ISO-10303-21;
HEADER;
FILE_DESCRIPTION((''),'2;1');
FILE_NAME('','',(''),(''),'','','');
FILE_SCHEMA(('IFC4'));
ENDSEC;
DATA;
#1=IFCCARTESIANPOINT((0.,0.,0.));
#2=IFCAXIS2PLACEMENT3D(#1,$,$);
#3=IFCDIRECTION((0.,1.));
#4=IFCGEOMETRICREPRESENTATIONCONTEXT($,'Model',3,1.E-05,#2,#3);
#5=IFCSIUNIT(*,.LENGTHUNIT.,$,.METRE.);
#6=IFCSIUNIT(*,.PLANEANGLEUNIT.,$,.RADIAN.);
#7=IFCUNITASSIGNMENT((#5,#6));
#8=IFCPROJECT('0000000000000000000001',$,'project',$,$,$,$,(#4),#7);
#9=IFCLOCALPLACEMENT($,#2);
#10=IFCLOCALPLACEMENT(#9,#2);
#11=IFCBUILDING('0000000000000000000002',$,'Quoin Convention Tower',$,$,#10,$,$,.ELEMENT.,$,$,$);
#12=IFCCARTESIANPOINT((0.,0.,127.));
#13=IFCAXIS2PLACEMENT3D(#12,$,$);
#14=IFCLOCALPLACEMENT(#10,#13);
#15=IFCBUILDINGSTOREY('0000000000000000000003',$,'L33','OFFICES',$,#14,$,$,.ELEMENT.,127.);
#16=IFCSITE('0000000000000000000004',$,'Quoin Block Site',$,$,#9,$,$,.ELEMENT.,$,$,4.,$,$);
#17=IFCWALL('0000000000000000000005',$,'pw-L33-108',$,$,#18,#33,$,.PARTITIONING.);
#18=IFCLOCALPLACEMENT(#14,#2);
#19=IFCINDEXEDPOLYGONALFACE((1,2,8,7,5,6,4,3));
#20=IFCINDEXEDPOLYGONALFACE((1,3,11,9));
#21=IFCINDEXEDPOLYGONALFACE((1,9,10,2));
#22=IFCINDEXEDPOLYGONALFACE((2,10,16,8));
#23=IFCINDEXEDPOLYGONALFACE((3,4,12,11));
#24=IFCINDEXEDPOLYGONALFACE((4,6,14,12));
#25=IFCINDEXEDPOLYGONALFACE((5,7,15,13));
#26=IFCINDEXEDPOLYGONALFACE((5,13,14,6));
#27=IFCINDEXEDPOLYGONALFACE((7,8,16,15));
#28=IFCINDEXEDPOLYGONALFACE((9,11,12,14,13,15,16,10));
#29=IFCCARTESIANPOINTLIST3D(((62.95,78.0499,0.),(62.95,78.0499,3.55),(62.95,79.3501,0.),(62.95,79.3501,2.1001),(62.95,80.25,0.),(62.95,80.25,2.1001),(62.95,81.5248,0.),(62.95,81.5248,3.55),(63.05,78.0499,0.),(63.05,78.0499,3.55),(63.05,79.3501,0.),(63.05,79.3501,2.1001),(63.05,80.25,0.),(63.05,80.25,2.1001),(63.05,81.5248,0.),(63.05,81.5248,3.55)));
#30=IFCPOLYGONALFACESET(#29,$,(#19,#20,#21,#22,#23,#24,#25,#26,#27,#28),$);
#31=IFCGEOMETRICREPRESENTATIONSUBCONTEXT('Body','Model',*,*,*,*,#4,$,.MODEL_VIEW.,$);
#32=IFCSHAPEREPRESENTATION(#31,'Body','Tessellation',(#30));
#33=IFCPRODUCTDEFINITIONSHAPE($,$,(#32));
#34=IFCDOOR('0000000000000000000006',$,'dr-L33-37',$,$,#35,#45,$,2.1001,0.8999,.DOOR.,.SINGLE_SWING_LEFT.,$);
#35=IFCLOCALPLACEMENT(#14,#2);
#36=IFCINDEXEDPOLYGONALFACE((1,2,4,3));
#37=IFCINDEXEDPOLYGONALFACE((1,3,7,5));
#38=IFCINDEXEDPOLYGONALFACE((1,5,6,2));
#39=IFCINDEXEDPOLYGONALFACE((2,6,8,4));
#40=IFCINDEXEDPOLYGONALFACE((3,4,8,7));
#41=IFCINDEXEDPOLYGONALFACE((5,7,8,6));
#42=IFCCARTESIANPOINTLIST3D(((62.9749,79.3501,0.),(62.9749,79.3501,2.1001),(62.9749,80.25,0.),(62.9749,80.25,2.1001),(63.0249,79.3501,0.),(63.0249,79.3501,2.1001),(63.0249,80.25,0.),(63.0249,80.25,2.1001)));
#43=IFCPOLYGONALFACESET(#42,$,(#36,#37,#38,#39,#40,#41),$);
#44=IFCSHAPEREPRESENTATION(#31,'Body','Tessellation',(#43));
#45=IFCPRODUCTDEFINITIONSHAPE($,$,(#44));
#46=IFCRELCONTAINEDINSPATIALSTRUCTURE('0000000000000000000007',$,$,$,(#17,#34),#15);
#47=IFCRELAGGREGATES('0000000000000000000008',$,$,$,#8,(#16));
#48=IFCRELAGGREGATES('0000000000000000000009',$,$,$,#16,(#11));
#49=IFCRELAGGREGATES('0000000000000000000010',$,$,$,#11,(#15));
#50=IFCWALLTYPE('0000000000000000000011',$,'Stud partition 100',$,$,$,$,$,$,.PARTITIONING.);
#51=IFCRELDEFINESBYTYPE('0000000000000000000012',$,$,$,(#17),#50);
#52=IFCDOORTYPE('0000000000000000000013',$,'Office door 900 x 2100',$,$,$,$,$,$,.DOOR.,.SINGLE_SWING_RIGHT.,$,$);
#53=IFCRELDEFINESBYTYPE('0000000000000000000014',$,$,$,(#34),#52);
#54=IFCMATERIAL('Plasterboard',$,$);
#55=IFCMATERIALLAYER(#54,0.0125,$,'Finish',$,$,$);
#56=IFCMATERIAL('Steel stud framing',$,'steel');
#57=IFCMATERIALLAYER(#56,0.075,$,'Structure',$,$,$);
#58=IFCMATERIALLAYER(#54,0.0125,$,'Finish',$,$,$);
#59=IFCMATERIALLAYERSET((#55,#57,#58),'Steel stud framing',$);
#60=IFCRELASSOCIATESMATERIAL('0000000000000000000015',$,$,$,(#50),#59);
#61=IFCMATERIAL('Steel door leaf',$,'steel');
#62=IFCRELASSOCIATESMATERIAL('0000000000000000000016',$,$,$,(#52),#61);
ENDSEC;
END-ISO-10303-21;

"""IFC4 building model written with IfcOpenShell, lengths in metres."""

from ifc_helpers import new_model, si_unit, direction, frame, frame_2d, origin, place, context, subcontext, project, spatial, rectangle, extrude, material, layer, layer_set, type_object, element, fill, save


model = new_model("IFC4")

# Units and contexts
model_context = context("Model", 3, precision=1e-05, world=origin(), true_north=direction((0.0, 1.0)))
body_context = subcontext(model_context, "Body", "Model", "MODEL_VIEW")
ifc_project = project(units=[si_unit("LENGTHUNIT", "METRE"), si_unit("PLANEANGLEUNIT", "RADIAN")], contexts=[model_context])

# Site, building, storey
site_placement = place(None, origin())
site = spatial("IfcSite", under=ifc_project, at=site_placement, Name="Quoin Block Site", CompositionType="ELEMENT", RefElevation=4.0)
building_placement = place(site_placement, origin())
building = spatial("IfcBuilding", under=site, at=building_placement, Name="Quoin Convention Tower", CompositionType="ELEMENT")
storey_placement = place(building_placement, frame((0.0, 0.0, 127.0)))
storey = spatial("IfcBuildingStorey", under=building, at=storey_placement, Name="L33", Description="OFFICES", CompositionType="ELEMENT", Elevation=127.0)

# Wall, opening, door
ifc_material_1 = material(Name="Plasterboard")
ifc_layer_1 = layer(ifc_material_1, 0.0125, Name="Finish")
ifc_material_2 = material(Name="Steel stud framing", Category="steel")
ifc_layer_2 = layer(ifc_material_2, 0.075, Name="Structure")
ifc_layer_3 = layer(ifc_material_1, 0.0125, Name="Finish")
ifc_layer_set_1 = layer_set([ifc_layer_1, ifc_layer_2, ifc_layer_3], Name="Steel stud framing")
wall_type_1 = type_object("IfcWallType", Name="Stud partition 100", PredefinedType="PARTITIONING", material=ifc_layer_set_1)
wall_1_placement = place(storey_placement, frame((63.0, 78.05, 0.0), z_axis=(0.0, 0.0, 1.0), x_axis=(0.0, 1.0, 0.0)))
wall_1 = element("IfcWall", 1, at=wall_1_placement, inside=storey, type_object=wall_type_1, Name="pw-L33-108", PredefinedType="PARTITIONING", context=body_context, shape_type="SweptSolid", body=[
    extrude(rectangle(XDim=3.4749, YDim=0.1001, at=frame_2d((1.7373, 0.0))), origin(), (0.0, 0.0, 1.0), 3.55),
])
opening_1_placement = place(wall_1_placement, frame((1.3, 0.0, 0.0)))
opening_1 = element("IfcOpeningElement", 2, at=opening_1_placement, cuts=wall_1, PredefinedType="OPENING", context=body_context, shape_type="SweptSolid", body=[
    extrude(rectangle(XDim=0.8999, YDim=2.1001, at=frame_2d((0.45, 1.05))), frame((0.0, 0.0601, 0.0), z_axis=(0.0, -1.0, 0.0), x_axis=(1.0, 0.0, 0.0)), (0.0, 0.0, 1.0), 0.1201),
])
ifc_material_3 = material(Name="Steel door leaf", Category="steel")
door_type = type_object("IfcDoorType", Name="Office door 900 x 2100", OperationType="SINGLE_SWING_RIGHT", PredefinedType="DOOR", material=ifc_material_3)
door_placement = place(opening_1_placement, frame((0.8999, 0.0, 0.0), z_axis=(0.0, 0.0, 1.0), x_axis=(-1.0, 0.0, 0.0)))
door = element("IfcDoor", 3, at=door_placement, inside=storey, type_object=door_type, Name="dr-L33-37", OperationType="SINGLE_SWING_LEFT", OverallHeight=2.1001, OverallWidth=0.8999, PredefinedType="DOOR", context=body_context, shape_type="SweptSolid", body=[
    extrude(rectangle(XDim=0.8999, YDim=2.1001, at=frame_2d((0.45, 1.05))), frame((0.0, 0.0249, 0.0), z_axis=(0.0, -1.0, 0.0), x_axis=(1.0, 0.0, 0.0)), (0.0, 0.0, 1.0), 0.05),
])
fill(opening_1, door)

save(model, "model.ifc")
